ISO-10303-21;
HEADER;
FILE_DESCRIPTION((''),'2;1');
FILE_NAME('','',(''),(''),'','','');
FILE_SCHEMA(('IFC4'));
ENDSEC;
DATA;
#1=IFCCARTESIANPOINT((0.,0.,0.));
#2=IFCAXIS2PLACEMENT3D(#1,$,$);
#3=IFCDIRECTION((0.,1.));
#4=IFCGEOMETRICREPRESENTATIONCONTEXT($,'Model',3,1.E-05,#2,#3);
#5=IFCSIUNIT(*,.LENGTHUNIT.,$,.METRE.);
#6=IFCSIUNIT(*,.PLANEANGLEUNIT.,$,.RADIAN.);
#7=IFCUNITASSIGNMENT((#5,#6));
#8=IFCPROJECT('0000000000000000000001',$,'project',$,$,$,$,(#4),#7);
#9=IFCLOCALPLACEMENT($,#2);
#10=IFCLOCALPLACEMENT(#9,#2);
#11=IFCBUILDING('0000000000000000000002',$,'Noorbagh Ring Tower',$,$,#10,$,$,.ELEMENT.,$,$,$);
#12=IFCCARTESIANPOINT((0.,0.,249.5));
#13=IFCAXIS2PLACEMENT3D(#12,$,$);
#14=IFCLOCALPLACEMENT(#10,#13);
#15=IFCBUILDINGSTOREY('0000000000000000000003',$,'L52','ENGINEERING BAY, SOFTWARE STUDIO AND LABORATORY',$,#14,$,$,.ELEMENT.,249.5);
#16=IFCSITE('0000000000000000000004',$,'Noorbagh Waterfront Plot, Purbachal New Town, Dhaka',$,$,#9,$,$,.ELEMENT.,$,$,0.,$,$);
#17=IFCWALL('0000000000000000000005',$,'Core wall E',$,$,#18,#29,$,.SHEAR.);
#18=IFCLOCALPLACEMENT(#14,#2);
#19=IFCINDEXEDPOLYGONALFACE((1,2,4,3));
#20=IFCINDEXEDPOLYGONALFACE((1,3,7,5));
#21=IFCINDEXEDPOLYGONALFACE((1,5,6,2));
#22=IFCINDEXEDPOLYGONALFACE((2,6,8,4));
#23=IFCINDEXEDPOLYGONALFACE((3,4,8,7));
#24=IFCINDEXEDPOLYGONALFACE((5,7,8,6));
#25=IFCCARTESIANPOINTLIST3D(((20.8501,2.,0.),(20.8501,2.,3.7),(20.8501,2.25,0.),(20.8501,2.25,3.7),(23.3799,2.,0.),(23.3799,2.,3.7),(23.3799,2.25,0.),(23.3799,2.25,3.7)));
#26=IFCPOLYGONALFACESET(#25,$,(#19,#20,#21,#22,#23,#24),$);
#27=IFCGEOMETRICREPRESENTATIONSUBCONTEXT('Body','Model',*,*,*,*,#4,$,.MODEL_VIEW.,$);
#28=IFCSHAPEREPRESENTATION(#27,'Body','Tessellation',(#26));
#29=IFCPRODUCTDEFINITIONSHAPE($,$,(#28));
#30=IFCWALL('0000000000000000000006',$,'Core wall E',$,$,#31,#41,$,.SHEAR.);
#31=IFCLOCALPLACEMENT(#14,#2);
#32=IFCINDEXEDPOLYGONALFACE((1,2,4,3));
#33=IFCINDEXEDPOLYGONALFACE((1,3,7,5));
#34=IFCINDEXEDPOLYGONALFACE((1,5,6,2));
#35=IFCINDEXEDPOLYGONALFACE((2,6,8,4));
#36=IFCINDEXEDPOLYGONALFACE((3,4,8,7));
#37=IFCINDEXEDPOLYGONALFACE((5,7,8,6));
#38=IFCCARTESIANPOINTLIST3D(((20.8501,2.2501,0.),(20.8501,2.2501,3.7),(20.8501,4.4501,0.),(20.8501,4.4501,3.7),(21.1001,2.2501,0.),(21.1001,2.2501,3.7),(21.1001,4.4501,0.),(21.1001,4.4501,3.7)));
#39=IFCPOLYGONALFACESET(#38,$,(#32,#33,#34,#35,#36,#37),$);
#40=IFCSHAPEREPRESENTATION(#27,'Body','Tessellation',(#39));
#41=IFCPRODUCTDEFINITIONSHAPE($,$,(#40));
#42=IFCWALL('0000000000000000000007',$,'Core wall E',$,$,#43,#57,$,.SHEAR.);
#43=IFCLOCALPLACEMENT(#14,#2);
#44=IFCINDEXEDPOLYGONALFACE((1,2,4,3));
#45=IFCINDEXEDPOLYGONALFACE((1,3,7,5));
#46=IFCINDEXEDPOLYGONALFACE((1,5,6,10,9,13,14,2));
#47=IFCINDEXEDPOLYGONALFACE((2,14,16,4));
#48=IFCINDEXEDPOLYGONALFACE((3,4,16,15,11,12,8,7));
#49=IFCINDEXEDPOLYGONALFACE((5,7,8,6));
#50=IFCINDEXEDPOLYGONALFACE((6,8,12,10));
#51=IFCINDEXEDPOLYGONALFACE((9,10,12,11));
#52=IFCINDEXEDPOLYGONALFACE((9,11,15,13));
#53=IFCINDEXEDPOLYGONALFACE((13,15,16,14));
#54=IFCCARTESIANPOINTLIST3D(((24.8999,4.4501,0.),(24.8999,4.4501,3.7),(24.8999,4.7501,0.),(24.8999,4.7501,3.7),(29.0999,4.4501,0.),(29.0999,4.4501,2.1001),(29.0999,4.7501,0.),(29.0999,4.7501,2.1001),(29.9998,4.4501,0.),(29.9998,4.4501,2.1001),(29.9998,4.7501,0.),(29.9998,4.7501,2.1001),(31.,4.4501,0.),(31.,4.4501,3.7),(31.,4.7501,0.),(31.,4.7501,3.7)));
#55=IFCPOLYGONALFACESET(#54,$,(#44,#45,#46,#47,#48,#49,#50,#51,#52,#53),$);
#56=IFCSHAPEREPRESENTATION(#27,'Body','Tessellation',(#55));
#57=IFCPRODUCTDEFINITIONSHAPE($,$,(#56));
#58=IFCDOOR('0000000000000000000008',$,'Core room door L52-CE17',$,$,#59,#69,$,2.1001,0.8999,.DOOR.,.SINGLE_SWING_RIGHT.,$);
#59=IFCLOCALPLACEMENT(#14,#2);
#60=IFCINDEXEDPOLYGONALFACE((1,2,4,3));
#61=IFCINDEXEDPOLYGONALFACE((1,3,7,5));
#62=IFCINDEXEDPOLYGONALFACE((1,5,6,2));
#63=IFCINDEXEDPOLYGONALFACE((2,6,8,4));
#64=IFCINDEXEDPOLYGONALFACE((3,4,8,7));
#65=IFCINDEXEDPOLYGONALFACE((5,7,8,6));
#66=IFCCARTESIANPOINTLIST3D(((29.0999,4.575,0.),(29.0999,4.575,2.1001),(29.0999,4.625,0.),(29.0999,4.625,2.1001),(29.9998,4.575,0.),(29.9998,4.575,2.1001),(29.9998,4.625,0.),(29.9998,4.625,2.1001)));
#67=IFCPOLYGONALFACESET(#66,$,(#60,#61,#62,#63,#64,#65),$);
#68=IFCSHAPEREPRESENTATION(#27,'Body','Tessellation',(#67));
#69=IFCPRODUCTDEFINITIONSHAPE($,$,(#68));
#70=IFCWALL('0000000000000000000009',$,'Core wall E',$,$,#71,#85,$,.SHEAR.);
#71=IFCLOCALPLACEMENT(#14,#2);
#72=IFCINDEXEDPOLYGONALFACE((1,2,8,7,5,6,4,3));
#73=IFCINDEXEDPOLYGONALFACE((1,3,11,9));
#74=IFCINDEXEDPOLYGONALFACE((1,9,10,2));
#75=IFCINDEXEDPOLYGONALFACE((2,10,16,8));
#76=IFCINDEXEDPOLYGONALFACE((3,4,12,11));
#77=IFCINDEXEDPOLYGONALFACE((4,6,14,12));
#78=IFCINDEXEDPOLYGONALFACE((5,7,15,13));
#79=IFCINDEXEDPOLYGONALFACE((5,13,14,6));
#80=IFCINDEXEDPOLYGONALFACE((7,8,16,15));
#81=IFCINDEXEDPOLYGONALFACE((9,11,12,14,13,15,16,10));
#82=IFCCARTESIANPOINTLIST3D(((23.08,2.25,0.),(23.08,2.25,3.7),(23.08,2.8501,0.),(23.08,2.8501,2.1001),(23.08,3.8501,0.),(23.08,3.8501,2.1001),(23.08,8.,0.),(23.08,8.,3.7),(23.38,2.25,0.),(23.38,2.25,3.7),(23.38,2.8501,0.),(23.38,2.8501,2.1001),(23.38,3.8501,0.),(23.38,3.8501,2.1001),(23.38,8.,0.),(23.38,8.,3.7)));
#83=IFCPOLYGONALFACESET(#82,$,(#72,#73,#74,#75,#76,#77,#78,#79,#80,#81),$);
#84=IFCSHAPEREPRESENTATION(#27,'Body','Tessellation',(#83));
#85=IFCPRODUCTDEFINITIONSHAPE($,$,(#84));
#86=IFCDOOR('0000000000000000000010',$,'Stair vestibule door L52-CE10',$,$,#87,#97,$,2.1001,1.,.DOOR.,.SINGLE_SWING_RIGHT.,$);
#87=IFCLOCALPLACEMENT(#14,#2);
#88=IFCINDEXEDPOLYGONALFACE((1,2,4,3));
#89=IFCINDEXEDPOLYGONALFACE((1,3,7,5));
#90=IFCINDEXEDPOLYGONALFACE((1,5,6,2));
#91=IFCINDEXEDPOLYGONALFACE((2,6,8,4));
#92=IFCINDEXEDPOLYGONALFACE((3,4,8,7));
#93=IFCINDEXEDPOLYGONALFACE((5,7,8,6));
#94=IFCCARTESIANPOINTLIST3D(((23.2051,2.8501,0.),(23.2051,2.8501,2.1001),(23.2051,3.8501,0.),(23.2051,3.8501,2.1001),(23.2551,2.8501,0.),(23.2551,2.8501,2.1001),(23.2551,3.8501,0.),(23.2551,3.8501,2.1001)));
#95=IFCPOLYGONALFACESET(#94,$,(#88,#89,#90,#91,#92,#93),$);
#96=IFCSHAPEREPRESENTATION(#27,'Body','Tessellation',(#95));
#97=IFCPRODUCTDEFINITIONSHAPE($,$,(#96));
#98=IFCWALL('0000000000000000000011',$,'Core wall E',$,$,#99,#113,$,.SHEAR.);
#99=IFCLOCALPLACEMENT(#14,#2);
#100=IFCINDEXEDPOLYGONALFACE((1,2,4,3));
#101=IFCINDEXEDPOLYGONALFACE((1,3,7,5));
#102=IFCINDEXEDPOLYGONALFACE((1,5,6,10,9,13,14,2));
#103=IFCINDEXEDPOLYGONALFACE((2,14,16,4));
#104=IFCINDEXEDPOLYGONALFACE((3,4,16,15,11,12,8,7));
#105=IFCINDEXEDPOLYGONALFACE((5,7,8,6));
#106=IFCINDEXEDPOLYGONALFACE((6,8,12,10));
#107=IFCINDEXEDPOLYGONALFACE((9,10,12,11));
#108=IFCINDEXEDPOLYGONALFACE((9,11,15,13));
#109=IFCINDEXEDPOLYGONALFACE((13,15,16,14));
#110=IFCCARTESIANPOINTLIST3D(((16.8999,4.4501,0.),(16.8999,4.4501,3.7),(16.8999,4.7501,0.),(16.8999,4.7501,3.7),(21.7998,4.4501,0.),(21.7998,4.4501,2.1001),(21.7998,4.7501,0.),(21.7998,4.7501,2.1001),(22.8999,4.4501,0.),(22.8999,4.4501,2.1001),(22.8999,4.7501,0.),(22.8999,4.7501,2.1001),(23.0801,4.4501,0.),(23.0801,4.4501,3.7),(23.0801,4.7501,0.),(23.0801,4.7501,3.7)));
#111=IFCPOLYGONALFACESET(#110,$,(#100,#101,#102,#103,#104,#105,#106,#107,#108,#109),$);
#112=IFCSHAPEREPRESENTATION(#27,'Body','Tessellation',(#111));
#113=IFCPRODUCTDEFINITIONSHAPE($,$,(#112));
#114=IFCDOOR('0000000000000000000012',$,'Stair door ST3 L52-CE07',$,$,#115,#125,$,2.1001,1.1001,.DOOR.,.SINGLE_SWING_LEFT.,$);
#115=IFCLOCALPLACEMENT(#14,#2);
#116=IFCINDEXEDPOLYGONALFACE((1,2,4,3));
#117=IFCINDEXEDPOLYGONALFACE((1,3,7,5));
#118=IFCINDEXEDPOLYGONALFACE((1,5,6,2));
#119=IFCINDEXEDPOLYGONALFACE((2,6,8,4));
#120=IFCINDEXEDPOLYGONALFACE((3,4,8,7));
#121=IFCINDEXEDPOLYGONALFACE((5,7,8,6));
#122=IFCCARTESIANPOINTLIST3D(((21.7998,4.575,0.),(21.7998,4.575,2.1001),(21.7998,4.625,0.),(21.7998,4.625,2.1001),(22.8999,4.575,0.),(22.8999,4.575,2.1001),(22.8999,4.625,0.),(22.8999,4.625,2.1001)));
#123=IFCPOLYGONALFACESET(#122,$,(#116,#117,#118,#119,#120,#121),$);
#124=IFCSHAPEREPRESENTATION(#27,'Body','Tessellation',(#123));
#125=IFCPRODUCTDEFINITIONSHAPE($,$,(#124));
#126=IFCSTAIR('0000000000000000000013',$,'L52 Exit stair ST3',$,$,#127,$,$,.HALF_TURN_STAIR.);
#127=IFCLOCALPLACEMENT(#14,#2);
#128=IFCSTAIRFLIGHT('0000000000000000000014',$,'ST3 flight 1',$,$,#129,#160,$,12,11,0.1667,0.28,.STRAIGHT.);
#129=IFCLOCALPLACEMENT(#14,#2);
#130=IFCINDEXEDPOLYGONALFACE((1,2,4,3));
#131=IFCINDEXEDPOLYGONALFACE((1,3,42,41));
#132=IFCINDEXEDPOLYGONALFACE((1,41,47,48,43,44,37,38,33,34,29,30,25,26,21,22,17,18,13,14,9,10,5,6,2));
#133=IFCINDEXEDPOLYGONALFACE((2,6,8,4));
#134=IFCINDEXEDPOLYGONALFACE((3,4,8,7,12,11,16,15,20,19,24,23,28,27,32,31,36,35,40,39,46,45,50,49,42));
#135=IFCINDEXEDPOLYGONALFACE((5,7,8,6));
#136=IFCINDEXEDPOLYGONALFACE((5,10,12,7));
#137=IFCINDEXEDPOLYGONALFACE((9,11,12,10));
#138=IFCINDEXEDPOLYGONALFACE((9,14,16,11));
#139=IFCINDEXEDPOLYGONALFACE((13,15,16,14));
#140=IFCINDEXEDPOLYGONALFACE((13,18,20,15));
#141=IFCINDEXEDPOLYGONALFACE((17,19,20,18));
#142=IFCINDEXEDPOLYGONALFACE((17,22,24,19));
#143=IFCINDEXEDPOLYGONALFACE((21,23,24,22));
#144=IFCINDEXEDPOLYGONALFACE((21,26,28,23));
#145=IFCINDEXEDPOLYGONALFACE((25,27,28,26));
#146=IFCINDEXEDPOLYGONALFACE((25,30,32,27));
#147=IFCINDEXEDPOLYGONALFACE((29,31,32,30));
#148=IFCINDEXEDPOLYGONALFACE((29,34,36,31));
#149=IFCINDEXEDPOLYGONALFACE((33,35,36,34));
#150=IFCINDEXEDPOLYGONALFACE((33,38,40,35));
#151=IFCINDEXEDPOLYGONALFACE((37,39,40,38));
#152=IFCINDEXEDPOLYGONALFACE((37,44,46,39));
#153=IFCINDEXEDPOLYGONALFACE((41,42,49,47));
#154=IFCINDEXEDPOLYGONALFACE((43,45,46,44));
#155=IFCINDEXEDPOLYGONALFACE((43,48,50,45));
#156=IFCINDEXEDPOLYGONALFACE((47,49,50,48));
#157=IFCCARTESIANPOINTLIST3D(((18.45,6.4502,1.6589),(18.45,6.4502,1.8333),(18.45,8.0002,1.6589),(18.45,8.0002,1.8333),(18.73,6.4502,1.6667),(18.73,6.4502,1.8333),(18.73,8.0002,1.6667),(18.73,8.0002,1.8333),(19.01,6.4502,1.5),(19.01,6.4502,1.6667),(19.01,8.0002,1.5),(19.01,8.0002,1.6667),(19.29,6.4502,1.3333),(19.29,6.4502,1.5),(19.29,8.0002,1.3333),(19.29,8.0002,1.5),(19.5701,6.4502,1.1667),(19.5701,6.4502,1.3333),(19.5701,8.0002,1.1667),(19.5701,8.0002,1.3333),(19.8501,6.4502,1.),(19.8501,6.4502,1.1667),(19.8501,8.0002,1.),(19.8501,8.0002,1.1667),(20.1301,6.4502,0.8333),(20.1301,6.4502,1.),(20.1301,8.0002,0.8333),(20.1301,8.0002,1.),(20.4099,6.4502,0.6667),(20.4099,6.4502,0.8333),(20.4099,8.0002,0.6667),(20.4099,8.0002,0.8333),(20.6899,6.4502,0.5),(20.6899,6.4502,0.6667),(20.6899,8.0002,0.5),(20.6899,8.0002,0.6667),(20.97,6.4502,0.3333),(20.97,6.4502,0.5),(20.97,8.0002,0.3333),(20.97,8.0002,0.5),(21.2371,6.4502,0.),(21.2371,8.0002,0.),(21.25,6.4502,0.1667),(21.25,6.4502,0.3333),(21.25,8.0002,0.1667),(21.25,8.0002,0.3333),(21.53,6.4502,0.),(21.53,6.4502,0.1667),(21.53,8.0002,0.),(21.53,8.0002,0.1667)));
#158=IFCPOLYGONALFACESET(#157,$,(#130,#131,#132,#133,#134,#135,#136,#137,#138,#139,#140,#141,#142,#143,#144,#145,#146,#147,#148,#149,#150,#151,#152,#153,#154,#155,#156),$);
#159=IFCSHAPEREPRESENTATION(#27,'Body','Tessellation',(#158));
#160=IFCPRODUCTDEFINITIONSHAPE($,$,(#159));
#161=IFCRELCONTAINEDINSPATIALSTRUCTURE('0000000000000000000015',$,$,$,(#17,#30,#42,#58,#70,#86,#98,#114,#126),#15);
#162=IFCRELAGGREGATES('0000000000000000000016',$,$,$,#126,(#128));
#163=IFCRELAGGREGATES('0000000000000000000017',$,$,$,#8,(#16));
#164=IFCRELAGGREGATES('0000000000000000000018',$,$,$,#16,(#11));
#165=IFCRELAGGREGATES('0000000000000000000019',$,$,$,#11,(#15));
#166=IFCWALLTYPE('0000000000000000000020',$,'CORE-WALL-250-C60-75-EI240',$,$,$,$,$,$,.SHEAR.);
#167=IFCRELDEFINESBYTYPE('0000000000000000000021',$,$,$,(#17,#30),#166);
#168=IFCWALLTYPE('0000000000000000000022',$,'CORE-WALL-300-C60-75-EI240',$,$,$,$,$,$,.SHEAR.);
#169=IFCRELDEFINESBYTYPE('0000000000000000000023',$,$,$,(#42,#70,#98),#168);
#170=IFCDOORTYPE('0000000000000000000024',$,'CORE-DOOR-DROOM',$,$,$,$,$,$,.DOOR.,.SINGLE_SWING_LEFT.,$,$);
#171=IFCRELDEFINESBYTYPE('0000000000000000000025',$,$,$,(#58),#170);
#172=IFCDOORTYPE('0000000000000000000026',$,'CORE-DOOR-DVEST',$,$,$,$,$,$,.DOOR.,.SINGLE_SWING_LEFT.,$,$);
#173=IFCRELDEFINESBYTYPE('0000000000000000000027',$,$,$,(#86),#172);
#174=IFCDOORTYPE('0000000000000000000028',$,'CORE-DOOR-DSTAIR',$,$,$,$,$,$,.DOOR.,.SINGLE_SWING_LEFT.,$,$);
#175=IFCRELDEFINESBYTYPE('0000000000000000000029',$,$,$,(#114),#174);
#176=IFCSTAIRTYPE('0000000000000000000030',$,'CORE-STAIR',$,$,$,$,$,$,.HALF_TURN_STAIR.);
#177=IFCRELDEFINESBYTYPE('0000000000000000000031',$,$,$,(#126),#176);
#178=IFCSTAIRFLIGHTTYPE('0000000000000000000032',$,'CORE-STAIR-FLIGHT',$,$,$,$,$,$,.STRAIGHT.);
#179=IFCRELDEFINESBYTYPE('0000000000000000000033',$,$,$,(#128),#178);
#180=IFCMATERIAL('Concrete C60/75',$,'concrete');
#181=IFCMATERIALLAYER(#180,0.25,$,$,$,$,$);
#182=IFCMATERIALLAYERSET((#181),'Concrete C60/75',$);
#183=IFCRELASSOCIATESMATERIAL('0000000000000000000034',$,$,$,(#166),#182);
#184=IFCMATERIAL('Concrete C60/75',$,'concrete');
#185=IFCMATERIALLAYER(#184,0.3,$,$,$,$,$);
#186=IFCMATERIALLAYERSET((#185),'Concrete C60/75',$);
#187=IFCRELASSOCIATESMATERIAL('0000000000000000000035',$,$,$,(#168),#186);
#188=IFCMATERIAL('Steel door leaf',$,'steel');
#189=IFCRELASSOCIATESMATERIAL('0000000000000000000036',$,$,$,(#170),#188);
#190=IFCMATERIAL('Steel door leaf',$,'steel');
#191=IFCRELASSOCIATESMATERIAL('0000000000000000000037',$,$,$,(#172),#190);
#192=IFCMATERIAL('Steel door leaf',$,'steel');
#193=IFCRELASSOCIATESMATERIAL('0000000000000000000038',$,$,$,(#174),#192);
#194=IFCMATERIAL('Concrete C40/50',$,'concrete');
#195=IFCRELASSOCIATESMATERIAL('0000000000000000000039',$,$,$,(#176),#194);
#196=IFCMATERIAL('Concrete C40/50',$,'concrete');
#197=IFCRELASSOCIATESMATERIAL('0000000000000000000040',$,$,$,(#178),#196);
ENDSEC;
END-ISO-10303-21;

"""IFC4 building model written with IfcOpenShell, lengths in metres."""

from ifc_helpers import new_model, si_unit, direction, frame, frame_2d, origin, place, context, subcontext, project, spatial, polyline, rectangle, outline, extrude, material, layer, layer_set, type_object, element, fill, aggregate, save


model = new_model("IFC4")

# Units and contexts
model_context = context("Model", 3, precision=1e-05, world=origin(), true_north=direction((0.0, 1.0)))
body_context = subcontext(model_context, "Body", "Model", "MODEL_VIEW")
ifc_project = project(units=[si_unit("LENGTHUNIT", "METRE"), si_unit("PLANEANGLEUNIT", "RADIAN")], contexts=[model_context])

# Site, building, storey
site_placement = place(None, origin())
site = spatial("IfcSite", under=ifc_project, at=site_placement, Name="Noorbagh Waterfront Plot, Purbachal New Town, Dhaka", CompositionType="ELEMENT", RefElevation=0.0)
building_placement = place(site_placement, origin())
building = spatial("IfcBuilding", under=site, at=building_placement, Name="Noorbagh Ring Tower", CompositionType="ELEMENT")
storey_placement = place(building_placement, frame((0.0, 0.0, 249.5)))
storey = spatial("IfcBuildingStorey", under=building, at=storey_placement, Name="L52", Description="ENGINEERING BAY, SOFTWARE STUDIO AND LABORATORY", CompositionType="ELEMENT", Elevation=249.5)

# Walls
ifc_material_1 = material(Name="Concrete C60/75", Category="concrete")
ifc_layer_1 = layer(ifc_material_1, 0.25)
ifc_layer_set_1 = layer_set([ifc_layer_1], Name="Concrete C60/75")
wall_type_1 = type_object("IfcWallType", Name="CORE-WALL-250-C60-75-EI240", PredefinedType="SHEAR", material=ifc_layer_set_1)
wall_1_placement = place(storey_placement, frame((20.8501, 2.125, 0.0), z_axis=(0.0, 0.0, 1.0), x_axis=(1.0, 0.0, 0.0)))
element("IfcWall", 1, at=wall_1_placement, inside=storey, type_object=wall_type_1, Name="Core wall E", PredefinedType="SHEAR", context=body_context, shape_type="SweptSolid", body=[
    extrude(rectangle(XDim=2.5298, YDim=0.25, at=frame_2d((1.2649, 0.0))), origin(), (0.0, 0.0, 1.0), 3.7),
])
wall_2_placement = place(storey_placement, frame((20.9751, 2.25, 0.0), z_axis=(0.0, 0.0, 1.0), x_axis=(0.0, 1.0, 0.0)))
element("IfcWall", 2, at=wall_2_placement, inside=storey, type_object=wall_type_1, Name="Core wall E", PredefinedType="SHEAR", context=body_context, shape_type="SweptSolid", body=[
    extrude(rectangle(XDim=2.2, YDim=0.25, at=frame_2d((1.1001, 0.0))), origin(), (0.0, 0.0, 1.0), 3.7),
])

# Walls, openings, doors
ifc_material_2 = material(Name="Concrete C60/75", Category="concrete")
ifc_layer_2 = layer(ifc_material_2, 0.3)
ifc_layer_set_2 = layer_set([ifc_layer_2], Name="Concrete C60/75")
wall_type_2 = type_object("IfcWallType", Name="CORE-WALL-300-C60-75-EI240", PredefinedType="SHEAR", material=ifc_layer_set_2)
wall_3_placement = place(storey_placement, frame((24.8999, 4.6001, 0.0), z_axis=(0.0, 0.0, 1.0), x_axis=(1.0, 0.0, 0.0)))
wall_3 = element("IfcWall", 3, at=wall_3_placement, inside=storey, type_object=wall_type_2, Name="Core wall E", PredefinedType="SHEAR", context=body_context, shape_type="SweptSolid", body=[
    extrude(rectangle(XDim=6.1001, YDim=0.3, at=frame_2d((3.05, 0.0))), origin(), (0.0, 0.0, 1.0), 3.7),
])
opening_1_placement = place(wall_3_placement, frame((4.2, 0.0, 0.0)))
opening_1 = element("IfcOpeningElement", 4, at=opening_1_placement, cuts=wall_3, PredefinedType="OPENING", context=body_context, shape_type="SweptSolid", body=[
    extrude(rectangle(XDim=0.8999, YDim=2.1001, at=frame_2d((0.45, 1.05))), frame((0.0, 0.1602, 0.0), z_axis=(0.0, -1.0, 0.0), x_axis=(1.0, 0.0, 0.0)), (0.0, 0.0, 1.0), 0.3201),
])
ifc_material_3 = material(Name="Steel door leaf", Category="steel")
door_type_1 = type_object("IfcDoorType", Name="CORE-DOOR-DROOM", OperationType="SINGLE_SWING_LEFT", PredefinedType="DOOR", material=ifc_material_3)
door_1_placement = place(opening_1_placement, origin())
door_1 = element("IfcDoor", 5, at=door_1_placement, inside=storey, type_object=door_type_1, Name="Core room door L52-CE17", OperationType="SINGLE_SWING_RIGHT", OverallHeight=2.1001, OverallWidth=0.8999, PredefinedType="DOOR", context=body_context, shape_type="SweptSolid", body=[
    extrude(rectangle(XDim=0.8999, YDim=2.1001, at=frame_2d((0.45, 1.05))), frame((0.0, 0.0249, 0.0), z_axis=(0.0, -1.0, 0.0), x_axis=(1.0, 0.0, 0.0)), (0.0, 0.0, 1.0), 0.05),
])
fill(opening_1, door_1)
wall_4_placement = place(storey_placement, frame((23.23, 2.25, 0.0), z_axis=(0.0, 0.0, 1.0), x_axis=(0.0, 1.0, 0.0)))
wall_4 = element("IfcWall", 6, at=wall_4_placement, inside=storey, type_object=wall_type_2, Name="Core wall E", PredefinedType="SHEAR", context=body_context, shape_type="SweptSolid", body=[
    extrude(rectangle(XDim=5.75, YDim=0.3, at=frame_2d((2.875, 0.0))), origin(), (0.0, 0.0, 1.0), 3.7),
])
opening_2_placement = place(wall_4_placement, frame((0.6001, 0.0, 0.0)))
opening_2 = element("IfcOpeningElement", 7, at=opening_2_placement, cuts=wall_4, PredefinedType="OPENING", context=body_context, shape_type="SweptSolid", body=[
    extrude(rectangle(XDim=1.0, YDim=2.1001, at=frame_2d((0.5, 1.05))), frame((0.0, 0.1602, 0.0), z_axis=(0.0, -1.0, 0.0), x_axis=(1.0, 0.0, 0.0)), (0.0, 0.0, 1.0), 0.3201),
])
ifc_material_4 = material(Name="Steel door leaf", Category="steel")
door_type_2 = type_object("IfcDoorType", Name="CORE-DOOR-DVEST", OperationType="SINGLE_SWING_LEFT", PredefinedType="DOOR", material=ifc_material_4)
door_2_placement = place(opening_2_placement, origin())
door_2 = element("IfcDoor", 8, at=door_2_placement, inside=storey, type_object=door_type_2, Name="Stair vestibule door L52-CE10", OperationType="SINGLE_SWING_RIGHT", OverallHeight=2.1001, OverallWidth=1.0, PredefinedType="DOOR", context=body_context, shape_type="SweptSolid", body=[
    extrude(rectangle(XDim=1.0, YDim=2.1001, at=frame_2d((0.5, 1.05))), frame((0.0, 0.0249, 0.0), z_axis=(0.0, -1.0, 0.0), x_axis=(1.0, 0.0, 0.0)), (0.0, 0.0, 1.0), 0.05),
])
fill(opening_2, door_2)
wall_5_placement = place(storey_placement, frame((16.8999, 4.6001, 0.0), z_axis=(0.0, 0.0, 1.0), x_axis=(1.0, 0.0, 0.0)))
wall_5 = element("IfcWall", 9, at=wall_5_placement, inside=storey, type_object=wall_type_2, Name="Core wall E", PredefinedType="SHEAR", context=body_context, shape_type="SweptSolid", body=[
    extrude(rectangle(XDim=6.1802, YDim=0.3, at=frame_2d((3.0901, 0.0))), origin(), (0.0, 0.0, 1.0), 3.7),
])
opening_3_placement = place(wall_5_placement, frame((4.8999, 0.0, 0.0)))
opening_3 = element("IfcOpeningElement", 10, at=opening_3_placement, cuts=wall_5, PredefinedType="OPENING", context=body_context, shape_type="SweptSolid", body=[
    extrude(rectangle(XDim=1.1001, YDim=2.1001, at=frame_2d((0.55, 1.05))), frame((0.0, 0.1602, 0.0), z_axis=(0.0, -1.0, 0.0), x_axis=(1.0, 0.0, 0.0)), (0.0, 0.0, 1.0), 0.3201),
])
ifc_material_5 = material(Name="Steel door leaf", Category="steel")
door_type_3 = type_object("IfcDoorType", Name="CORE-DOOR-DSTAIR", OperationType="SINGLE_SWING_LEFT", PredefinedType="DOOR", material=ifc_material_5)
door_3_placement = place(opening_3_placement, origin())
door_3 = element("IfcDoor", 11, at=door_3_placement, inside=storey, type_object=door_type_3, Name="Stair door ST3 L52-CE07", OperationType="SINGLE_SWING_LEFT", OverallHeight=2.1001, OverallWidth=1.1001, PredefinedType="DOOR", context=body_context, shape_type="SweptSolid", body=[
    extrude(rectangle(XDim=1.1001, YDim=2.1001, at=frame_2d((0.55, 1.05))), frame((0.0, 0.0249, 0.0), z_axis=(0.0, -1.0, 0.0), x_axis=(1.0, 0.0, 0.0)), (0.0, 0.0, 1.0), 0.05),
])
fill(opening_3, door_3)

# Stair, stair flight
ifc_material_6 = material(Name="Concrete C40/50", Category="concrete")
stair_type = type_object("IfcStairType", Name="CORE-STAIR", PredefinedType="HALF_TURN_STAIR", material=ifc_material_6)
stair_placement = place(storey_placement, origin())
stair = element("IfcStair", 12, at=stair_placement, inside=storey, type_object=stair_type, Name="L52 Exit stair ST3", PredefinedType="HALF_TURN_STAIR")
ifc_material_7 = material(Name="Concrete C40/50", Category="concrete")
stair_flight_type = type_object("IfcStairFlightType", Name="CORE-STAIR-FLIGHT", PredefinedType="STRAIGHT", material=ifc_material_7)
stair_flight_1_placement = place(storey_placement, frame((21.53, 7.2251, 0.0), z_axis=(0.0, 0.0, 1.0), x_axis=(-1.0, 0.0, 0.0)))
stair_flight_1 = element("IfcStairFlight", 13, at=stair_flight_1_placement, type_object=stair_flight_type, Name="ST3 flight 1", NumberOfRisers=12, NumberOfTreads=11, PredefinedType="STRAIGHT", RiserHeight=0.1667, TreadLength=0.28, context=body_context, shape_type="SweptSolid", body=[
    extrude(outline(polyline([(0.0, 0.0), (0.0, 0.1667), (0.28, 0.1667), (0.28, 0.3333), (0.5601, 0.3333), (0.5601, 0.5), (0.8401, 0.5), (0.8401, 0.6667), (1.1201, 0.6667), (1.1201, 0.8333), (1.3999, 0.8333), (1.3999, 1.0), (1.6799, 1.0), (1.6799, 1.1667), (1.96, 1.1667), (1.96, 1.3333), (2.24, 1.3333), (2.24, 1.5), (2.52, 1.5), (2.52, 1.6667), (2.8, 1.6667), (2.8, 1.8333), (3.0801, 1.8333), (3.0801, 2.0), (3.0801, 1.6589), (0.293, 0.0), (0.0, 0.0)])), frame((0.0, 0.7749, 0.0), z_axis=(0.0, -1.0, 0.0), x_axis=(1.0, 0.0, 0.0)), (0.0, 0.0, 1.0), 1.55),
])
aggregate(stair, [stair_flight_1])

save(model, "model.ifc")
